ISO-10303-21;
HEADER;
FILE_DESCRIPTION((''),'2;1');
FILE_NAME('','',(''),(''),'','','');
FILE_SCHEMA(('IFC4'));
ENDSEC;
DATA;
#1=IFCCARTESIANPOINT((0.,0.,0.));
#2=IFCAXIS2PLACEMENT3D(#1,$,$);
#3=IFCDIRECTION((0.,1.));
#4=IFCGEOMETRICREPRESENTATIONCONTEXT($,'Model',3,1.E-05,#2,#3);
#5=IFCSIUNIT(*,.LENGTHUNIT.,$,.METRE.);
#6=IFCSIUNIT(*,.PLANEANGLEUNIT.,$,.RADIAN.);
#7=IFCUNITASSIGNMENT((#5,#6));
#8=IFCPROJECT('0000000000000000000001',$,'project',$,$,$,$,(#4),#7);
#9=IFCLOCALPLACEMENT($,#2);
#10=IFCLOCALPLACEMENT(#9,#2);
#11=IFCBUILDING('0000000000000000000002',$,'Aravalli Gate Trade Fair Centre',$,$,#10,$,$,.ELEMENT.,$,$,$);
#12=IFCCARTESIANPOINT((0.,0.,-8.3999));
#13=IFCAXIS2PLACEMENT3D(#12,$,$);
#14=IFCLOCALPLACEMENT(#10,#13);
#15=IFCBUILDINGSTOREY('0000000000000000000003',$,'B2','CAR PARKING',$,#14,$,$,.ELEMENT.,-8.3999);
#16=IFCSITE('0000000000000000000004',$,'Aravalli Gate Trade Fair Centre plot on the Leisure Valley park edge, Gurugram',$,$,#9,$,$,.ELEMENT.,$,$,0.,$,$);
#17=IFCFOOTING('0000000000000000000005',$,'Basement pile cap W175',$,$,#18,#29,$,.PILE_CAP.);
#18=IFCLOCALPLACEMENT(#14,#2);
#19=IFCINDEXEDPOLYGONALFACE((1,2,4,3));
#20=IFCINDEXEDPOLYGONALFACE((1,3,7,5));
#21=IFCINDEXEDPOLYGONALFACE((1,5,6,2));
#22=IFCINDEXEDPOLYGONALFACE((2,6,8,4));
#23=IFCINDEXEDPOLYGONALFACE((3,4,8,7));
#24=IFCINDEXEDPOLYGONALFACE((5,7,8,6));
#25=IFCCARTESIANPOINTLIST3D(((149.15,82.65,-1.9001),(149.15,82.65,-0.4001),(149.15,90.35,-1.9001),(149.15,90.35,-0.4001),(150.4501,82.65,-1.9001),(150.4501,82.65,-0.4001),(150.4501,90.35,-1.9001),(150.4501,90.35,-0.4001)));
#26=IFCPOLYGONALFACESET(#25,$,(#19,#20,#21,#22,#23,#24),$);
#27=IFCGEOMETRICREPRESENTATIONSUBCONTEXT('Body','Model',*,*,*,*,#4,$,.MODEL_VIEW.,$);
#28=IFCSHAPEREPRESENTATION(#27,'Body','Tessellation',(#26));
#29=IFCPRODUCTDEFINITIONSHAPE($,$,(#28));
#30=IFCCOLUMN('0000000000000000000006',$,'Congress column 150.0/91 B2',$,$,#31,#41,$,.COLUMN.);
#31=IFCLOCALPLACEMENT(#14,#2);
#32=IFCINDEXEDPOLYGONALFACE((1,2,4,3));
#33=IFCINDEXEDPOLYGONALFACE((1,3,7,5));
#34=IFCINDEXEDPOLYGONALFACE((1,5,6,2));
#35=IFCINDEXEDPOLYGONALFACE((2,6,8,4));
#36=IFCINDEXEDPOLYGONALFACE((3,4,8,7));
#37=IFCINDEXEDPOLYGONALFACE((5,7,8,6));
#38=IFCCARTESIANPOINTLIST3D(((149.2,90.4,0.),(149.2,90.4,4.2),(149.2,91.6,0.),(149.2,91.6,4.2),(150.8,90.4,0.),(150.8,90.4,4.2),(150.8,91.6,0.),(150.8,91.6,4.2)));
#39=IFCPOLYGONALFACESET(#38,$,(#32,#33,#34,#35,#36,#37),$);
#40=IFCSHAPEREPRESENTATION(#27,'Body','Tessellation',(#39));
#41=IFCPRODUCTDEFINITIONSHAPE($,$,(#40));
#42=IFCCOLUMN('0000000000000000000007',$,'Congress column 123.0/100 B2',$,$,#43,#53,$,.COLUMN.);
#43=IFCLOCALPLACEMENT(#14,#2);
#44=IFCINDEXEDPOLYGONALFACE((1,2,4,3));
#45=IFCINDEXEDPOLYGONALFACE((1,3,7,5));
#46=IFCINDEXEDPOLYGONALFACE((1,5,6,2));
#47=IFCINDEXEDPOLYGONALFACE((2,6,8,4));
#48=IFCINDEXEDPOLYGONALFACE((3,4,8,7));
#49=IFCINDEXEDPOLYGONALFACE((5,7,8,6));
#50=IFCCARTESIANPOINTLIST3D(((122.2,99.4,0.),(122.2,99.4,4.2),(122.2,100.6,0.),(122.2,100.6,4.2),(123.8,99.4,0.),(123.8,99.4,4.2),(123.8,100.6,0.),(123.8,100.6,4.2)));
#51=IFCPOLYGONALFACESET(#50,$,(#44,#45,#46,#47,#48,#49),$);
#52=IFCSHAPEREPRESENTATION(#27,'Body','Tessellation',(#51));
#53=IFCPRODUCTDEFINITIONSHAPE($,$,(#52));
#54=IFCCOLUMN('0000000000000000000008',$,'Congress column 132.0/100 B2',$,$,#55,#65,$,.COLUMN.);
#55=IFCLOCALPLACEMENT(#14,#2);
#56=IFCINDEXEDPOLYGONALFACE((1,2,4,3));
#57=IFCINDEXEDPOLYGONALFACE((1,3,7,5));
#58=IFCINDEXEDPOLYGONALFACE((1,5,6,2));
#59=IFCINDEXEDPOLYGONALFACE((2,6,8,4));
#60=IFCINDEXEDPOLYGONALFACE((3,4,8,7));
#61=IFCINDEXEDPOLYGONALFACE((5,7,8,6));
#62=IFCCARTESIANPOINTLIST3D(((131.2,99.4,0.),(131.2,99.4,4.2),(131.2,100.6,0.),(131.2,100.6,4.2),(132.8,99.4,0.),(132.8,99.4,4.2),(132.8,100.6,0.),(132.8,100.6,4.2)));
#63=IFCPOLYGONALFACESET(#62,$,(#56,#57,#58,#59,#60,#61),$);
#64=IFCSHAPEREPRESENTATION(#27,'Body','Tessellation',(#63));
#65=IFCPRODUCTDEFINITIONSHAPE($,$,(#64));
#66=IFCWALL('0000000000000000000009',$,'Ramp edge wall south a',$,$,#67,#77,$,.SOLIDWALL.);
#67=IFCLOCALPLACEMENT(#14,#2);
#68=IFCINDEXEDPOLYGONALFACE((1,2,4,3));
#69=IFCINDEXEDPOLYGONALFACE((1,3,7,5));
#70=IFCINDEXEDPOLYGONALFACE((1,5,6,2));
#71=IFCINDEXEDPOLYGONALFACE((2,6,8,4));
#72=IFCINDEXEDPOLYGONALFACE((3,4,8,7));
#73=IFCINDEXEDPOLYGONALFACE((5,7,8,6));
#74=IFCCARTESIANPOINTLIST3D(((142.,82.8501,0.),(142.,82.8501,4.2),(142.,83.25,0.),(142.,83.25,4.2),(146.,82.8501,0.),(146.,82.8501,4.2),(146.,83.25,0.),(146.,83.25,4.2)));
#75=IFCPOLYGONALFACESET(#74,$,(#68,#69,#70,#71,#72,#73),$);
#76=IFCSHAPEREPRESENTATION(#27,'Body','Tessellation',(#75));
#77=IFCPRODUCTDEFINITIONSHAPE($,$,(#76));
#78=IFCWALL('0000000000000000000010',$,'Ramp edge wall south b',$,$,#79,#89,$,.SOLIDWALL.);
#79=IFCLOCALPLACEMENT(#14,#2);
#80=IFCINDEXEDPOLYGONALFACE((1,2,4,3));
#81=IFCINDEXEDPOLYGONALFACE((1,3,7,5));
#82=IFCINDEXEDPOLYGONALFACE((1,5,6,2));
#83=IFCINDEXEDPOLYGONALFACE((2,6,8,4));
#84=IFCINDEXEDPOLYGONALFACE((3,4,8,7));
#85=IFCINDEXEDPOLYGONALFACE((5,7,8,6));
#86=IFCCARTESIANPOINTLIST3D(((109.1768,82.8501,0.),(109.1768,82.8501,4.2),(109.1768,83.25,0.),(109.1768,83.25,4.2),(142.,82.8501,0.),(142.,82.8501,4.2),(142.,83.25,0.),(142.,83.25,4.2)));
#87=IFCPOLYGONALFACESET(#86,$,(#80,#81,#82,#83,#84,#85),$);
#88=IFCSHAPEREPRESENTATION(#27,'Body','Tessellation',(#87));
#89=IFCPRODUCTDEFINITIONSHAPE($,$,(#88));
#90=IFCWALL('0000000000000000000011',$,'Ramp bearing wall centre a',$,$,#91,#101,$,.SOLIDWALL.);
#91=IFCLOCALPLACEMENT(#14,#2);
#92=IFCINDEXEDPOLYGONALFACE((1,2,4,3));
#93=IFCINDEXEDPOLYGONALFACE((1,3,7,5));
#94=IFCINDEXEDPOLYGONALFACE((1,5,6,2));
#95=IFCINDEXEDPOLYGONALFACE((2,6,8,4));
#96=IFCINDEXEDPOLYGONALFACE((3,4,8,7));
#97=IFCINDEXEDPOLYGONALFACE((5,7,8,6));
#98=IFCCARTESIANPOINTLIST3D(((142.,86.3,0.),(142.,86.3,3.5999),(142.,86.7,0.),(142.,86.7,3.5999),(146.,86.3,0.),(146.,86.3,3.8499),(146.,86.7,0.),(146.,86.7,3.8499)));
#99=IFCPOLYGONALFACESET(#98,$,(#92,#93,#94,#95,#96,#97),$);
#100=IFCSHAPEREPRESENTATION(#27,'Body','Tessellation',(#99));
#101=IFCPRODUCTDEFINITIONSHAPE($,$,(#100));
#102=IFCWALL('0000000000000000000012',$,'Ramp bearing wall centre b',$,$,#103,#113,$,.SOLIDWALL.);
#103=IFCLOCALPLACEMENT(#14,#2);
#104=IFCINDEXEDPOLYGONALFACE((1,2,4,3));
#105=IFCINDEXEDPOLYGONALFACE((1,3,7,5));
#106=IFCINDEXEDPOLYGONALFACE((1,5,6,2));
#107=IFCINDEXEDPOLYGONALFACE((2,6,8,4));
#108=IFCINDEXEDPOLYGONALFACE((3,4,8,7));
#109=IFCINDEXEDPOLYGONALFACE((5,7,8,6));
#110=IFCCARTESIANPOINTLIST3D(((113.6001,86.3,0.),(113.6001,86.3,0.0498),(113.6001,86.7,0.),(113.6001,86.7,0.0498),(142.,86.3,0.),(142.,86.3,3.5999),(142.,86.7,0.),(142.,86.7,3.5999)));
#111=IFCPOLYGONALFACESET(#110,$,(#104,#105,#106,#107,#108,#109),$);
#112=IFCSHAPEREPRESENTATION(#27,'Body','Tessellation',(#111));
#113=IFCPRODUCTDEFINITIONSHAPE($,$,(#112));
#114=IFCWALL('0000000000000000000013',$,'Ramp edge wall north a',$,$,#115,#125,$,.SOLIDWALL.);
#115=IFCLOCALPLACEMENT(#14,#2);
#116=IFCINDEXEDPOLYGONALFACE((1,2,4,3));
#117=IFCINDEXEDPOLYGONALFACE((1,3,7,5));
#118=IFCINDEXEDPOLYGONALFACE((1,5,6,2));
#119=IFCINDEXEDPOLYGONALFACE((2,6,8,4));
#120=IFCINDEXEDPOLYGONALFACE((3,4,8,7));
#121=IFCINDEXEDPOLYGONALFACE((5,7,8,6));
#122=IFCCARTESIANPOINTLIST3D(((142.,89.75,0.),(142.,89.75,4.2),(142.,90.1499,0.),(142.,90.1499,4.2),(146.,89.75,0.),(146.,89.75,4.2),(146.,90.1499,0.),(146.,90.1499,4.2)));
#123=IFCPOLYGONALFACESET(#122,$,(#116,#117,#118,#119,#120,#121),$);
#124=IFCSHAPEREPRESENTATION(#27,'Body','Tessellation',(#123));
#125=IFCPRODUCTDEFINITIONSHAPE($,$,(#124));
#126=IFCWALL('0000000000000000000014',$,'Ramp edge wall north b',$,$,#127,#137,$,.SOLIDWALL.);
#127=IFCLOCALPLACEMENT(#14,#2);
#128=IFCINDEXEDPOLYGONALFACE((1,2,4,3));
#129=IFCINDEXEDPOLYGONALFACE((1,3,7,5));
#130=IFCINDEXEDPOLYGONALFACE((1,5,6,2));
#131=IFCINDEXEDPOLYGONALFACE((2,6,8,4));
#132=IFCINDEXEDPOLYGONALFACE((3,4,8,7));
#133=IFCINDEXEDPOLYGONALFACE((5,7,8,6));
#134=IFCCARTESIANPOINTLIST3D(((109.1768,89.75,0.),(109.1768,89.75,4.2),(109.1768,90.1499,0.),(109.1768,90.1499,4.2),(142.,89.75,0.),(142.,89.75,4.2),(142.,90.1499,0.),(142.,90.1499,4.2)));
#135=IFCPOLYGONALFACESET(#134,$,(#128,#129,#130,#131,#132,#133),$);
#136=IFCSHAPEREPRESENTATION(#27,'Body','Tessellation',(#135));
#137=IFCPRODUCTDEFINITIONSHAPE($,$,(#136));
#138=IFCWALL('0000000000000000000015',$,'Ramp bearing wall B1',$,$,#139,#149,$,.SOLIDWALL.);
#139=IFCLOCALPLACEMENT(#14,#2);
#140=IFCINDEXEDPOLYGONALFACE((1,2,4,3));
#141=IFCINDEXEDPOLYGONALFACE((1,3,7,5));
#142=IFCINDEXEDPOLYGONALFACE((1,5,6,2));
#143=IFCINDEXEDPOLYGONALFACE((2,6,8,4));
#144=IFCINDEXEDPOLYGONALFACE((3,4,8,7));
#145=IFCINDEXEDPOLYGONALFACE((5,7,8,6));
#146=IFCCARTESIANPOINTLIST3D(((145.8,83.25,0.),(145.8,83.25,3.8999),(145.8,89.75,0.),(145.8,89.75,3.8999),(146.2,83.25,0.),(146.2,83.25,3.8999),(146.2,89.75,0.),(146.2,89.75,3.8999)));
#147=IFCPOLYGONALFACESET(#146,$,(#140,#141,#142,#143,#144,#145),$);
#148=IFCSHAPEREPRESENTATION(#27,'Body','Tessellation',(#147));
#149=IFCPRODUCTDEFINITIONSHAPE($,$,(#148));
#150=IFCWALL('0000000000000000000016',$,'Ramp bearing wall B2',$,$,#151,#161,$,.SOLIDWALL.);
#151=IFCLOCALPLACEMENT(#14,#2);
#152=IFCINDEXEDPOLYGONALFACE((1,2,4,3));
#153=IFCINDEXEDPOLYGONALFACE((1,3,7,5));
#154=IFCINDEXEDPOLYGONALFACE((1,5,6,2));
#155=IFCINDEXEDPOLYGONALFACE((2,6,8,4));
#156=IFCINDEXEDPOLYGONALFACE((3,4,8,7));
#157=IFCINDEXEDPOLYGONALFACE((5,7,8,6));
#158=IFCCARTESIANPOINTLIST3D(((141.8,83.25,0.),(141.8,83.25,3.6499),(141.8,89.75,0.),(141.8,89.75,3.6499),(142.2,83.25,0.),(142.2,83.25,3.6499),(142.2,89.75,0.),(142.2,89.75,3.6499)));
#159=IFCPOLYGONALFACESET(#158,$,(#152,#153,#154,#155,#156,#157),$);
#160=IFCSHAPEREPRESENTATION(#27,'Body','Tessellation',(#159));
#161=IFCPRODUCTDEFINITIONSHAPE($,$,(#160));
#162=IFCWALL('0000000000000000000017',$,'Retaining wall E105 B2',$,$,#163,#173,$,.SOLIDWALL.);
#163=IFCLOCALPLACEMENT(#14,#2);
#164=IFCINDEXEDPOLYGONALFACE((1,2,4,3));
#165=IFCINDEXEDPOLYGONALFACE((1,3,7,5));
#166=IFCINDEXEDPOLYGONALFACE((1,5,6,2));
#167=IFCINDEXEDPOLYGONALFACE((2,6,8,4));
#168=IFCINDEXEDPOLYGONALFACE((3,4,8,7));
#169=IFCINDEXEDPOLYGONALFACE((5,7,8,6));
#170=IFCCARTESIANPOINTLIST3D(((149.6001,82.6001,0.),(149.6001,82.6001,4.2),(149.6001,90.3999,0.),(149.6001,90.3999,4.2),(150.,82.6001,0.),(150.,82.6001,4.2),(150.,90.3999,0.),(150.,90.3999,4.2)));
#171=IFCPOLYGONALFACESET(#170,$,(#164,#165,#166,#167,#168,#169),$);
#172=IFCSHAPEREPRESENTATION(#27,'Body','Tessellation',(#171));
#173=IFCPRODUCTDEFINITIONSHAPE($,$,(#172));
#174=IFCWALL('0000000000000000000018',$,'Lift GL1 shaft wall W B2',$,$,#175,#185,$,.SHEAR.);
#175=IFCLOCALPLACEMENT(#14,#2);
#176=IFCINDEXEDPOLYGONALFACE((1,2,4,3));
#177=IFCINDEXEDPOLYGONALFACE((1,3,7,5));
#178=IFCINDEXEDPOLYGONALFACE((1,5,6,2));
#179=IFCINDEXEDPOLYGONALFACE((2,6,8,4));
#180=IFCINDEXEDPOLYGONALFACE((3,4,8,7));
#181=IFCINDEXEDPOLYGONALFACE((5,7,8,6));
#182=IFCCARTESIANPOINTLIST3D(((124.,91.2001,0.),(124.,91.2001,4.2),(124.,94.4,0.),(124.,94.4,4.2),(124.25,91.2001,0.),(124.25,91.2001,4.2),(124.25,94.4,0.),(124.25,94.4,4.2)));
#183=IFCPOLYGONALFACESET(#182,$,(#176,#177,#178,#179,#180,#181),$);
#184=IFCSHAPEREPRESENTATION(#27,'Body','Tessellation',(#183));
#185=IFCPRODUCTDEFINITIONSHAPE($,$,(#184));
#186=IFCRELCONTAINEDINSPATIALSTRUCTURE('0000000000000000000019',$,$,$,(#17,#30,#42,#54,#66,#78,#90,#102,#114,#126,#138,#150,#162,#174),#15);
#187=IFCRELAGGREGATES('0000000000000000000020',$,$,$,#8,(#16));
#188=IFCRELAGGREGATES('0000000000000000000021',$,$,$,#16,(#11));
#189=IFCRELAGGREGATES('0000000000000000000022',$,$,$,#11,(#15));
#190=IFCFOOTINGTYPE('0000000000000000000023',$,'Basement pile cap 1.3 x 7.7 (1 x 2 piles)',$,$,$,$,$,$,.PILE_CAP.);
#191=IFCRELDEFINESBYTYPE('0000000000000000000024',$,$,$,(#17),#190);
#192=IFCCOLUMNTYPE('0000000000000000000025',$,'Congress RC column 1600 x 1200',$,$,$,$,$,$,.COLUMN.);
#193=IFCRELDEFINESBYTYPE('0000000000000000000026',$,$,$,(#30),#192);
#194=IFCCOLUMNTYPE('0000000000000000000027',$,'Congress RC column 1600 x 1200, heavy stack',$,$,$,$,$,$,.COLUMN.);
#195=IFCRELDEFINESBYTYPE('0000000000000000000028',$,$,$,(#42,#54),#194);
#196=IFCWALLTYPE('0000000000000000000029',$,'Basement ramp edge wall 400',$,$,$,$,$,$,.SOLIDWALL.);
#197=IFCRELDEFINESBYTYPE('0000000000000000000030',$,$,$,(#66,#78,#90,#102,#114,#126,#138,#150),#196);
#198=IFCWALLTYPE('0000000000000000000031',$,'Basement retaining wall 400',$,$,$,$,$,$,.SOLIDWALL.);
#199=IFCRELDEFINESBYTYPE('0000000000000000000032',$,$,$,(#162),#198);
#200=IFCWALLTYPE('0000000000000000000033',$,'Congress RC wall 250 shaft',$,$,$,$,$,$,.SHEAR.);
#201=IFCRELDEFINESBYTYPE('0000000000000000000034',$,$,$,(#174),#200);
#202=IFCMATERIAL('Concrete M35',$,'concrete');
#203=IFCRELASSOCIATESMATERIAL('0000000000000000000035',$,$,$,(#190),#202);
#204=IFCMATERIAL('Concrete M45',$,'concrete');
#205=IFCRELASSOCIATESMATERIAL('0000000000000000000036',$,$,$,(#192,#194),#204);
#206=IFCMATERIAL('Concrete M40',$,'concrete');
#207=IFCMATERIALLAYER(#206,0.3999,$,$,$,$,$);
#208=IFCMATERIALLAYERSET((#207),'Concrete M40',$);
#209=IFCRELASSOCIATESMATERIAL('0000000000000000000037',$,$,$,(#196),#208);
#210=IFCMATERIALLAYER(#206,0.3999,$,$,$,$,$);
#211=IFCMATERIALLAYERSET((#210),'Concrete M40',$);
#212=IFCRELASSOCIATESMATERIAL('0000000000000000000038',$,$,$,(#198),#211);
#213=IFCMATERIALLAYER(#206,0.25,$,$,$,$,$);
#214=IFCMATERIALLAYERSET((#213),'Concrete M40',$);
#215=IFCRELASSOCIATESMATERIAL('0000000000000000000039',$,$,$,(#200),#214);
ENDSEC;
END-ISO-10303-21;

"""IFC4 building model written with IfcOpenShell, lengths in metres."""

from ifc_helpers import new_model, si_unit, direction, frame, frame_2d, origin, origin_2d, place, context, subcontext, project, spatial, polyline, rectangle, outline, extrude, material, layer, layer_set, material_profile, profile_set, type_object, element, save


model = new_model("IFC4")

# Units and contexts
model_context = context("Model", 3, precision=1e-05, world=origin(), true_north=direction((0.0, 1.0)))
body_context = subcontext(model_context, "Body", "Model", "MODEL_VIEW")
ifc_project = project(units=[si_unit("LENGTHUNIT", "METRE"), si_unit("PLANEANGLEUNIT", "RADIAN")], contexts=[model_context])

# Site, building, storey
site_placement = place(None, origin())
site = spatial("IfcSite", under=ifc_project, at=site_placement, Name="Aravalli Gate Trade Fair Centre plot on the Leisure Valley park edge, Gurugram", CompositionType="ELEMENT", RefElevation=0.0)
building_placement = place(site_placement, origin())
building = spatial("IfcBuilding", under=site, at=building_placement, Name="Aravalli Gate Trade Fair Centre", CompositionType="ELEMENT")
storey_placement = place(building_placement, frame((0.0, 0.0, -8.3999)))
storey = spatial("IfcBuildingStorey", under=building, at=storey_placement, Name="B2", Description="CAR PARKING", CompositionType="ELEMENT", Elevation=-8.3999)

# Shared definitions
ifc_material_1 = material(Name="Concrete M35", Category="concrete")

# Footing
footing_type_1 = type_object("IfcFootingType", Name="Basement pile cap 1.3 x 7.7 (1 x 2 piles)", PredefinedType="PILE_CAP", material=ifc_material_1)
footing_placement = place(storey_placement, frame((149.8, 86.5, -1.9001), z_axis=(0.0, 0.0, 1.0), x_axis=(1.0, 0.0, 0.0)))
element("IfcFooting", 1, at=footing_placement, inside=storey, type_object=footing_type_1, Name="Basement pile cap W175", PredefinedType="PILE_CAP", context=body_context, shape_type="SweptSolid", body=[
    extrude(rectangle(XDim=1.3, YDim=7.7, at=origin_2d()), origin(), (0.0, 0.0, 1.0), 1.5),
])

# Columns
ifc_material_2 = material(Name="Concrete M45", Category="concrete")
ifc_material_profile_1 = material_profile(ifc_material_2, rectangle(XDim=1.6001, YDim=1.2, at=origin_2d()), Name="RC 1600x1200")
ifc_profile_set_1 = profile_set([ifc_material_profile_1], Name="Concrete M45")
column_type_1 = type_object("IfcColumnType", Name="Congress RC column 1600 x 1200", PredefinedType="COLUMN", material=ifc_profile_set_1)
column_placement = place(storey_placement, frame((150.0, 91.0, 0.0), z_axis=(0.0, 0.0, 1.0), x_axis=(1.0, 0.0, 0.0)))
element("IfcColumn", 2, at=column_placement, inside=storey, type_object=column_type_1, Name="Congress column 150.0/91 B2", PredefinedType="COLUMN", context=body_context, shape_type="SweptSolid", body=[
    extrude(rectangle(XDim=1.6001, YDim=1.2, at=origin_2d()), origin(), (0.0, 0.0, 1.0), 4.2),
])
ifc_material_profile_2 = material_profile(ifc_material_2, rectangle(XDim=1.6001, YDim=1.2, at=origin_2d()), Name="RC 1600x1200")
ifc_profile_set_2 = profile_set([ifc_material_profile_2], Name="Concrete M45")
column_type_2 = type_object("IfcColumnType", Name="Congress RC column 1600 x 1200, heavy stack", PredefinedType="COLUMN", material=ifc_profile_set_2)
for number, where, z_axis, x_axis, name in (
    (3, (123.0, 100.0, 0.0), (0.0, 0.0, 1.0), (1.0, 0.0, 0.0), "Congress column 123.0/100 B2"),
    (4, (132.0, 100.0, 0.0), (0.0, 0.0, 1.0), (1.0, 0.0, 0.0), "Congress column 132.0/100 B2"),
):
    element("IfcColumn", number, at=place(storey_placement, frame(where, z_axis=z_axis, x_axis=x_axis)), inside=storey, type_object=column_type_2, Name=name, PredefinedType="COLUMN", context=body_context, shape_type="SweptSolid", body=[
        extrude(rectangle(XDim=1.6001, YDim=1.2, at=origin_2d()), origin(), (0.0, 0.0, 1.0), 4.2),
    ])

# Walls
ifc_material_3 = material(Name="Concrete M40", Category="concrete")
ifc_layer_1 = layer(ifc_material_3, 0.3999)
ifc_layer_set_1 = layer_set([ifc_layer_1], Name="Concrete M40")
wall_type_1 = type_object("IfcWallType", Name="Basement ramp edge wall 400", PredefinedType="SOLIDWALL", material=ifc_layer_set_1)
wall_1_placement = place(storey_placement, frame((146.0, 83.05, 0.0), z_axis=(0.0, 0.0, 1.0), x_axis=(-1.0, 0.0, 0.0)))
element("IfcWall", 5, at=wall_1_placement, inside=storey, type_object=wall_type_1, Name="Ramp edge wall south a", PredefinedType="SOLIDWALL", context=body_context, shape_type="SweptSolid", body=[
    extrude(rectangle(XDim=4.0, YDim=0.3999, at=frame_2d((2.0, 0.0))), origin(), (0.0, 0.0, 1.0), 4.2),
])
wall_2_placement = place(storey_placement, frame((142.0, 83.05, 0.0), z_axis=(0.0, 0.0, 1.0), x_axis=(-1.0, 0.0, 0.0)))
element("IfcWall", 6, at=wall_2_placement, inside=storey, type_object=wall_type_1, Name="Ramp edge wall south b", PredefinedType="SOLIDWALL", context=body_context, shape_type="SweptSolid", body=[
    extrude(rectangle(XDim=32.8232, YDim=0.3999, at=frame_2d((16.4116, 0.0))), origin(), (0.0, 0.0, 1.0), 4.2),
])
wall_3_placement = place(storey_placement, frame((146.0, 86.5, 0.0), z_axis=(0.0, 0.0, 1.0), x_axis=(-1.0, 0.0, 0.0)))
element("IfcWall", 7, at=wall_3_placement, inside=storey, type_object=wall_type_1, Name="Ramp bearing wall centre a", PredefinedType="SOLIDWALL", context=body_context, shape_type="SweptSolid", body=[
    extrude(outline(polyline([(0.0, 0.0), (4.0, 0.0), (4.0, 3.5999), (0.0, 3.8499), (0.0, 0.0)])), frame((0.0, 0.2, 0.0), z_axis=(0.0, -1.0, 0.0), x_axis=(1.0, 0.0, 0.0)), (0.0, 0.0, 1.0), 0.3999),
])
wall_4_placement = place(storey_placement, frame((142.0, 86.5, 0.0), z_axis=(0.0, 0.0, 1.0), x_axis=(-1.0, 0.0, 0.0)))
element("IfcWall", 8, at=wall_4_placement, inside=storey, type_object=wall_type_1, Name="Ramp bearing wall centre b", PredefinedType="SOLIDWALL", context=body_context, shape_type="SweptSolid", body=[
    extrude(outline(polyline([(0.0, 0.0), (28.3999, 0.0), (28.3999, 0.0498), (0.0, 3.5999), (0.0, 0.0)])), frame((0.0, 0.2, 0.0), z_axis=(0.0, -1.0, 0.0), x_axis=(1.0, 0.0, 0.0)), (0.0, 0.0, 1.0), 0.3999),
])
wall_5_placement = place(storey_placement, frame((146.0, 89.95, 0.0), z_axis=(0.0, 0.0, 1.0), x_axis=(-1.0, 0.0, 0.0)))
element("IfcWall", 9, at=wall_5_placement, inside=storey, type_object=wall_type_1, Name="Ramp edge wall north a", PredefinedType="SOLIDWALL", context=body_context, shape_type="SweptSolid", body=[
    extrude(rectangle(XDim=4.0, YDim=0.3999, at=frame_2d((2.0, 0.0))), origin(), (0.0, 0.0, 1.0), 4.2),
])
wall_6_placement = place(storey_placement, frame((142.0, 89.95, 0.0), z_axis=(0.0, 0.0, 1.0), x_axis=(-1.0, 0.0, 0.0)))
element("IfcWall", 10, at=wall_6_placement, inside=storey, type_object=wall_type_1, Name="Ramp edge wall north b", PredefinedType="SOLIDWALL", context=body_context, shape_type="SweptSolid", body=[
    extrude(rectangle(XDim=32.8232, YDim=0.3999, at=frame_2d((16.4116, 0.0))), origin(), (0.0, 0.0, 1.0), 4.2),
])
wall_7_placement = place(storey_placement, frame((146.0, 83.25, 0.0), z_axis=(0.0, 0.0, 1.0), x_axis=(0.0, 1.0, 0.0)))
element("IfcWall", 11, at=wall_7_placement, inside=storey, type_object=wall_type_1, Name="Ramp bearing wall B1", PredefinedType="SOLIDWALL", context=body_context, shape_type="SweptSolid", body=[
    extrude(rectangle(XDim=6.5, YDim=0.3999, at=frame_2d((3.25, 0.0))), origin(), (0.0, 0.0, 1.0), 3.8999),
])
wall_8_placement = place(storey_placement, frame((142.0, 83.25, 0.0), z_axis=(0.0, 0.0, 1.0), x_axis=(0.0, 1.0, 0.0)))
element("IfcWall", 12, at=wall_8_placement, inside=storey, type_object=wall_type_1, Name="Ramp bearing wall B2", PredefinedType="SOLIDWALL", context=body_context, shape_type="SweptSolid", body=[
    extrude(rectangle(XDim=6.5, YDim=0.3999, at=frame_2d((3.25, 0.0))), origin(), (0.0, 0.0, 1.0), 3.6499),
])
ifc_layer_2 = layer(ifc_material_3, 0.3999)
ifc_layer_set_2 = layer_set([ifc_layer_2], Name="Concrete M40")
wall_type_2 = type_object("IfcWallType", Name="Basement retaining wall 400", PredefinedType="SOLIDWALL", material=ifc_layer_set_2)
wall_9_placement = place(storey_placement, frame((149.8, 82.6001, 0.0), z_axis=(0.0, 0.0, 1.0), x_axis=(0.0, 1.0, 0.0)))
element("IfcWall", 13, at=wall_9_placement, inside=storey, type_object=wall_type_2, Name="Retaining wall E105 B2", PredefinedType="SOLIDWALL", context=body_context, shape_type="SweptSolid", body=[
    extrude(rectangle(XDim=7.7998, YDim=0.3999, at=frame_2d((3.8999, 0.0))), origin(), (0.0, 0.0, 1.0), 4.2),
])
ifc_layer_3 = layer(ifc_material_3, 0.25)
ifc_layer_set_3 = layer_set([ifc_layer_3], Name="Concrete M40")
wall_type_3 = type_object("IfcWallType", Name="Congress RC wall 250 shaft", PredefinedType="SHEAR", material=ifc_layer_set_3)
for number, where, z_axis, x_axis, name in (
    (14, (124.125, 91.2, 0.0), (0.0, 0.0, 1.0), (0.0, 1.0, 0.0), "Lift GL1 shaft wall W B2"),
):
    element("IfcWall", number, at=place(storey_placement, frame(where, z_axis=z_axis, x_axis=x_axis)), inside=storey, type_object=wall_type_3, Name=name, PredefinedType="SHEAR", context=body_context, shape_type="SweptSolid", body=[
        extrude(rectangle(XDim=3.2, YDim=0.25, at=frame_2d((1.6001, 0.0))), origin(), (0.0, 0.0, 1.0), 4.2),
    ])

save(model, "model.ifc")
